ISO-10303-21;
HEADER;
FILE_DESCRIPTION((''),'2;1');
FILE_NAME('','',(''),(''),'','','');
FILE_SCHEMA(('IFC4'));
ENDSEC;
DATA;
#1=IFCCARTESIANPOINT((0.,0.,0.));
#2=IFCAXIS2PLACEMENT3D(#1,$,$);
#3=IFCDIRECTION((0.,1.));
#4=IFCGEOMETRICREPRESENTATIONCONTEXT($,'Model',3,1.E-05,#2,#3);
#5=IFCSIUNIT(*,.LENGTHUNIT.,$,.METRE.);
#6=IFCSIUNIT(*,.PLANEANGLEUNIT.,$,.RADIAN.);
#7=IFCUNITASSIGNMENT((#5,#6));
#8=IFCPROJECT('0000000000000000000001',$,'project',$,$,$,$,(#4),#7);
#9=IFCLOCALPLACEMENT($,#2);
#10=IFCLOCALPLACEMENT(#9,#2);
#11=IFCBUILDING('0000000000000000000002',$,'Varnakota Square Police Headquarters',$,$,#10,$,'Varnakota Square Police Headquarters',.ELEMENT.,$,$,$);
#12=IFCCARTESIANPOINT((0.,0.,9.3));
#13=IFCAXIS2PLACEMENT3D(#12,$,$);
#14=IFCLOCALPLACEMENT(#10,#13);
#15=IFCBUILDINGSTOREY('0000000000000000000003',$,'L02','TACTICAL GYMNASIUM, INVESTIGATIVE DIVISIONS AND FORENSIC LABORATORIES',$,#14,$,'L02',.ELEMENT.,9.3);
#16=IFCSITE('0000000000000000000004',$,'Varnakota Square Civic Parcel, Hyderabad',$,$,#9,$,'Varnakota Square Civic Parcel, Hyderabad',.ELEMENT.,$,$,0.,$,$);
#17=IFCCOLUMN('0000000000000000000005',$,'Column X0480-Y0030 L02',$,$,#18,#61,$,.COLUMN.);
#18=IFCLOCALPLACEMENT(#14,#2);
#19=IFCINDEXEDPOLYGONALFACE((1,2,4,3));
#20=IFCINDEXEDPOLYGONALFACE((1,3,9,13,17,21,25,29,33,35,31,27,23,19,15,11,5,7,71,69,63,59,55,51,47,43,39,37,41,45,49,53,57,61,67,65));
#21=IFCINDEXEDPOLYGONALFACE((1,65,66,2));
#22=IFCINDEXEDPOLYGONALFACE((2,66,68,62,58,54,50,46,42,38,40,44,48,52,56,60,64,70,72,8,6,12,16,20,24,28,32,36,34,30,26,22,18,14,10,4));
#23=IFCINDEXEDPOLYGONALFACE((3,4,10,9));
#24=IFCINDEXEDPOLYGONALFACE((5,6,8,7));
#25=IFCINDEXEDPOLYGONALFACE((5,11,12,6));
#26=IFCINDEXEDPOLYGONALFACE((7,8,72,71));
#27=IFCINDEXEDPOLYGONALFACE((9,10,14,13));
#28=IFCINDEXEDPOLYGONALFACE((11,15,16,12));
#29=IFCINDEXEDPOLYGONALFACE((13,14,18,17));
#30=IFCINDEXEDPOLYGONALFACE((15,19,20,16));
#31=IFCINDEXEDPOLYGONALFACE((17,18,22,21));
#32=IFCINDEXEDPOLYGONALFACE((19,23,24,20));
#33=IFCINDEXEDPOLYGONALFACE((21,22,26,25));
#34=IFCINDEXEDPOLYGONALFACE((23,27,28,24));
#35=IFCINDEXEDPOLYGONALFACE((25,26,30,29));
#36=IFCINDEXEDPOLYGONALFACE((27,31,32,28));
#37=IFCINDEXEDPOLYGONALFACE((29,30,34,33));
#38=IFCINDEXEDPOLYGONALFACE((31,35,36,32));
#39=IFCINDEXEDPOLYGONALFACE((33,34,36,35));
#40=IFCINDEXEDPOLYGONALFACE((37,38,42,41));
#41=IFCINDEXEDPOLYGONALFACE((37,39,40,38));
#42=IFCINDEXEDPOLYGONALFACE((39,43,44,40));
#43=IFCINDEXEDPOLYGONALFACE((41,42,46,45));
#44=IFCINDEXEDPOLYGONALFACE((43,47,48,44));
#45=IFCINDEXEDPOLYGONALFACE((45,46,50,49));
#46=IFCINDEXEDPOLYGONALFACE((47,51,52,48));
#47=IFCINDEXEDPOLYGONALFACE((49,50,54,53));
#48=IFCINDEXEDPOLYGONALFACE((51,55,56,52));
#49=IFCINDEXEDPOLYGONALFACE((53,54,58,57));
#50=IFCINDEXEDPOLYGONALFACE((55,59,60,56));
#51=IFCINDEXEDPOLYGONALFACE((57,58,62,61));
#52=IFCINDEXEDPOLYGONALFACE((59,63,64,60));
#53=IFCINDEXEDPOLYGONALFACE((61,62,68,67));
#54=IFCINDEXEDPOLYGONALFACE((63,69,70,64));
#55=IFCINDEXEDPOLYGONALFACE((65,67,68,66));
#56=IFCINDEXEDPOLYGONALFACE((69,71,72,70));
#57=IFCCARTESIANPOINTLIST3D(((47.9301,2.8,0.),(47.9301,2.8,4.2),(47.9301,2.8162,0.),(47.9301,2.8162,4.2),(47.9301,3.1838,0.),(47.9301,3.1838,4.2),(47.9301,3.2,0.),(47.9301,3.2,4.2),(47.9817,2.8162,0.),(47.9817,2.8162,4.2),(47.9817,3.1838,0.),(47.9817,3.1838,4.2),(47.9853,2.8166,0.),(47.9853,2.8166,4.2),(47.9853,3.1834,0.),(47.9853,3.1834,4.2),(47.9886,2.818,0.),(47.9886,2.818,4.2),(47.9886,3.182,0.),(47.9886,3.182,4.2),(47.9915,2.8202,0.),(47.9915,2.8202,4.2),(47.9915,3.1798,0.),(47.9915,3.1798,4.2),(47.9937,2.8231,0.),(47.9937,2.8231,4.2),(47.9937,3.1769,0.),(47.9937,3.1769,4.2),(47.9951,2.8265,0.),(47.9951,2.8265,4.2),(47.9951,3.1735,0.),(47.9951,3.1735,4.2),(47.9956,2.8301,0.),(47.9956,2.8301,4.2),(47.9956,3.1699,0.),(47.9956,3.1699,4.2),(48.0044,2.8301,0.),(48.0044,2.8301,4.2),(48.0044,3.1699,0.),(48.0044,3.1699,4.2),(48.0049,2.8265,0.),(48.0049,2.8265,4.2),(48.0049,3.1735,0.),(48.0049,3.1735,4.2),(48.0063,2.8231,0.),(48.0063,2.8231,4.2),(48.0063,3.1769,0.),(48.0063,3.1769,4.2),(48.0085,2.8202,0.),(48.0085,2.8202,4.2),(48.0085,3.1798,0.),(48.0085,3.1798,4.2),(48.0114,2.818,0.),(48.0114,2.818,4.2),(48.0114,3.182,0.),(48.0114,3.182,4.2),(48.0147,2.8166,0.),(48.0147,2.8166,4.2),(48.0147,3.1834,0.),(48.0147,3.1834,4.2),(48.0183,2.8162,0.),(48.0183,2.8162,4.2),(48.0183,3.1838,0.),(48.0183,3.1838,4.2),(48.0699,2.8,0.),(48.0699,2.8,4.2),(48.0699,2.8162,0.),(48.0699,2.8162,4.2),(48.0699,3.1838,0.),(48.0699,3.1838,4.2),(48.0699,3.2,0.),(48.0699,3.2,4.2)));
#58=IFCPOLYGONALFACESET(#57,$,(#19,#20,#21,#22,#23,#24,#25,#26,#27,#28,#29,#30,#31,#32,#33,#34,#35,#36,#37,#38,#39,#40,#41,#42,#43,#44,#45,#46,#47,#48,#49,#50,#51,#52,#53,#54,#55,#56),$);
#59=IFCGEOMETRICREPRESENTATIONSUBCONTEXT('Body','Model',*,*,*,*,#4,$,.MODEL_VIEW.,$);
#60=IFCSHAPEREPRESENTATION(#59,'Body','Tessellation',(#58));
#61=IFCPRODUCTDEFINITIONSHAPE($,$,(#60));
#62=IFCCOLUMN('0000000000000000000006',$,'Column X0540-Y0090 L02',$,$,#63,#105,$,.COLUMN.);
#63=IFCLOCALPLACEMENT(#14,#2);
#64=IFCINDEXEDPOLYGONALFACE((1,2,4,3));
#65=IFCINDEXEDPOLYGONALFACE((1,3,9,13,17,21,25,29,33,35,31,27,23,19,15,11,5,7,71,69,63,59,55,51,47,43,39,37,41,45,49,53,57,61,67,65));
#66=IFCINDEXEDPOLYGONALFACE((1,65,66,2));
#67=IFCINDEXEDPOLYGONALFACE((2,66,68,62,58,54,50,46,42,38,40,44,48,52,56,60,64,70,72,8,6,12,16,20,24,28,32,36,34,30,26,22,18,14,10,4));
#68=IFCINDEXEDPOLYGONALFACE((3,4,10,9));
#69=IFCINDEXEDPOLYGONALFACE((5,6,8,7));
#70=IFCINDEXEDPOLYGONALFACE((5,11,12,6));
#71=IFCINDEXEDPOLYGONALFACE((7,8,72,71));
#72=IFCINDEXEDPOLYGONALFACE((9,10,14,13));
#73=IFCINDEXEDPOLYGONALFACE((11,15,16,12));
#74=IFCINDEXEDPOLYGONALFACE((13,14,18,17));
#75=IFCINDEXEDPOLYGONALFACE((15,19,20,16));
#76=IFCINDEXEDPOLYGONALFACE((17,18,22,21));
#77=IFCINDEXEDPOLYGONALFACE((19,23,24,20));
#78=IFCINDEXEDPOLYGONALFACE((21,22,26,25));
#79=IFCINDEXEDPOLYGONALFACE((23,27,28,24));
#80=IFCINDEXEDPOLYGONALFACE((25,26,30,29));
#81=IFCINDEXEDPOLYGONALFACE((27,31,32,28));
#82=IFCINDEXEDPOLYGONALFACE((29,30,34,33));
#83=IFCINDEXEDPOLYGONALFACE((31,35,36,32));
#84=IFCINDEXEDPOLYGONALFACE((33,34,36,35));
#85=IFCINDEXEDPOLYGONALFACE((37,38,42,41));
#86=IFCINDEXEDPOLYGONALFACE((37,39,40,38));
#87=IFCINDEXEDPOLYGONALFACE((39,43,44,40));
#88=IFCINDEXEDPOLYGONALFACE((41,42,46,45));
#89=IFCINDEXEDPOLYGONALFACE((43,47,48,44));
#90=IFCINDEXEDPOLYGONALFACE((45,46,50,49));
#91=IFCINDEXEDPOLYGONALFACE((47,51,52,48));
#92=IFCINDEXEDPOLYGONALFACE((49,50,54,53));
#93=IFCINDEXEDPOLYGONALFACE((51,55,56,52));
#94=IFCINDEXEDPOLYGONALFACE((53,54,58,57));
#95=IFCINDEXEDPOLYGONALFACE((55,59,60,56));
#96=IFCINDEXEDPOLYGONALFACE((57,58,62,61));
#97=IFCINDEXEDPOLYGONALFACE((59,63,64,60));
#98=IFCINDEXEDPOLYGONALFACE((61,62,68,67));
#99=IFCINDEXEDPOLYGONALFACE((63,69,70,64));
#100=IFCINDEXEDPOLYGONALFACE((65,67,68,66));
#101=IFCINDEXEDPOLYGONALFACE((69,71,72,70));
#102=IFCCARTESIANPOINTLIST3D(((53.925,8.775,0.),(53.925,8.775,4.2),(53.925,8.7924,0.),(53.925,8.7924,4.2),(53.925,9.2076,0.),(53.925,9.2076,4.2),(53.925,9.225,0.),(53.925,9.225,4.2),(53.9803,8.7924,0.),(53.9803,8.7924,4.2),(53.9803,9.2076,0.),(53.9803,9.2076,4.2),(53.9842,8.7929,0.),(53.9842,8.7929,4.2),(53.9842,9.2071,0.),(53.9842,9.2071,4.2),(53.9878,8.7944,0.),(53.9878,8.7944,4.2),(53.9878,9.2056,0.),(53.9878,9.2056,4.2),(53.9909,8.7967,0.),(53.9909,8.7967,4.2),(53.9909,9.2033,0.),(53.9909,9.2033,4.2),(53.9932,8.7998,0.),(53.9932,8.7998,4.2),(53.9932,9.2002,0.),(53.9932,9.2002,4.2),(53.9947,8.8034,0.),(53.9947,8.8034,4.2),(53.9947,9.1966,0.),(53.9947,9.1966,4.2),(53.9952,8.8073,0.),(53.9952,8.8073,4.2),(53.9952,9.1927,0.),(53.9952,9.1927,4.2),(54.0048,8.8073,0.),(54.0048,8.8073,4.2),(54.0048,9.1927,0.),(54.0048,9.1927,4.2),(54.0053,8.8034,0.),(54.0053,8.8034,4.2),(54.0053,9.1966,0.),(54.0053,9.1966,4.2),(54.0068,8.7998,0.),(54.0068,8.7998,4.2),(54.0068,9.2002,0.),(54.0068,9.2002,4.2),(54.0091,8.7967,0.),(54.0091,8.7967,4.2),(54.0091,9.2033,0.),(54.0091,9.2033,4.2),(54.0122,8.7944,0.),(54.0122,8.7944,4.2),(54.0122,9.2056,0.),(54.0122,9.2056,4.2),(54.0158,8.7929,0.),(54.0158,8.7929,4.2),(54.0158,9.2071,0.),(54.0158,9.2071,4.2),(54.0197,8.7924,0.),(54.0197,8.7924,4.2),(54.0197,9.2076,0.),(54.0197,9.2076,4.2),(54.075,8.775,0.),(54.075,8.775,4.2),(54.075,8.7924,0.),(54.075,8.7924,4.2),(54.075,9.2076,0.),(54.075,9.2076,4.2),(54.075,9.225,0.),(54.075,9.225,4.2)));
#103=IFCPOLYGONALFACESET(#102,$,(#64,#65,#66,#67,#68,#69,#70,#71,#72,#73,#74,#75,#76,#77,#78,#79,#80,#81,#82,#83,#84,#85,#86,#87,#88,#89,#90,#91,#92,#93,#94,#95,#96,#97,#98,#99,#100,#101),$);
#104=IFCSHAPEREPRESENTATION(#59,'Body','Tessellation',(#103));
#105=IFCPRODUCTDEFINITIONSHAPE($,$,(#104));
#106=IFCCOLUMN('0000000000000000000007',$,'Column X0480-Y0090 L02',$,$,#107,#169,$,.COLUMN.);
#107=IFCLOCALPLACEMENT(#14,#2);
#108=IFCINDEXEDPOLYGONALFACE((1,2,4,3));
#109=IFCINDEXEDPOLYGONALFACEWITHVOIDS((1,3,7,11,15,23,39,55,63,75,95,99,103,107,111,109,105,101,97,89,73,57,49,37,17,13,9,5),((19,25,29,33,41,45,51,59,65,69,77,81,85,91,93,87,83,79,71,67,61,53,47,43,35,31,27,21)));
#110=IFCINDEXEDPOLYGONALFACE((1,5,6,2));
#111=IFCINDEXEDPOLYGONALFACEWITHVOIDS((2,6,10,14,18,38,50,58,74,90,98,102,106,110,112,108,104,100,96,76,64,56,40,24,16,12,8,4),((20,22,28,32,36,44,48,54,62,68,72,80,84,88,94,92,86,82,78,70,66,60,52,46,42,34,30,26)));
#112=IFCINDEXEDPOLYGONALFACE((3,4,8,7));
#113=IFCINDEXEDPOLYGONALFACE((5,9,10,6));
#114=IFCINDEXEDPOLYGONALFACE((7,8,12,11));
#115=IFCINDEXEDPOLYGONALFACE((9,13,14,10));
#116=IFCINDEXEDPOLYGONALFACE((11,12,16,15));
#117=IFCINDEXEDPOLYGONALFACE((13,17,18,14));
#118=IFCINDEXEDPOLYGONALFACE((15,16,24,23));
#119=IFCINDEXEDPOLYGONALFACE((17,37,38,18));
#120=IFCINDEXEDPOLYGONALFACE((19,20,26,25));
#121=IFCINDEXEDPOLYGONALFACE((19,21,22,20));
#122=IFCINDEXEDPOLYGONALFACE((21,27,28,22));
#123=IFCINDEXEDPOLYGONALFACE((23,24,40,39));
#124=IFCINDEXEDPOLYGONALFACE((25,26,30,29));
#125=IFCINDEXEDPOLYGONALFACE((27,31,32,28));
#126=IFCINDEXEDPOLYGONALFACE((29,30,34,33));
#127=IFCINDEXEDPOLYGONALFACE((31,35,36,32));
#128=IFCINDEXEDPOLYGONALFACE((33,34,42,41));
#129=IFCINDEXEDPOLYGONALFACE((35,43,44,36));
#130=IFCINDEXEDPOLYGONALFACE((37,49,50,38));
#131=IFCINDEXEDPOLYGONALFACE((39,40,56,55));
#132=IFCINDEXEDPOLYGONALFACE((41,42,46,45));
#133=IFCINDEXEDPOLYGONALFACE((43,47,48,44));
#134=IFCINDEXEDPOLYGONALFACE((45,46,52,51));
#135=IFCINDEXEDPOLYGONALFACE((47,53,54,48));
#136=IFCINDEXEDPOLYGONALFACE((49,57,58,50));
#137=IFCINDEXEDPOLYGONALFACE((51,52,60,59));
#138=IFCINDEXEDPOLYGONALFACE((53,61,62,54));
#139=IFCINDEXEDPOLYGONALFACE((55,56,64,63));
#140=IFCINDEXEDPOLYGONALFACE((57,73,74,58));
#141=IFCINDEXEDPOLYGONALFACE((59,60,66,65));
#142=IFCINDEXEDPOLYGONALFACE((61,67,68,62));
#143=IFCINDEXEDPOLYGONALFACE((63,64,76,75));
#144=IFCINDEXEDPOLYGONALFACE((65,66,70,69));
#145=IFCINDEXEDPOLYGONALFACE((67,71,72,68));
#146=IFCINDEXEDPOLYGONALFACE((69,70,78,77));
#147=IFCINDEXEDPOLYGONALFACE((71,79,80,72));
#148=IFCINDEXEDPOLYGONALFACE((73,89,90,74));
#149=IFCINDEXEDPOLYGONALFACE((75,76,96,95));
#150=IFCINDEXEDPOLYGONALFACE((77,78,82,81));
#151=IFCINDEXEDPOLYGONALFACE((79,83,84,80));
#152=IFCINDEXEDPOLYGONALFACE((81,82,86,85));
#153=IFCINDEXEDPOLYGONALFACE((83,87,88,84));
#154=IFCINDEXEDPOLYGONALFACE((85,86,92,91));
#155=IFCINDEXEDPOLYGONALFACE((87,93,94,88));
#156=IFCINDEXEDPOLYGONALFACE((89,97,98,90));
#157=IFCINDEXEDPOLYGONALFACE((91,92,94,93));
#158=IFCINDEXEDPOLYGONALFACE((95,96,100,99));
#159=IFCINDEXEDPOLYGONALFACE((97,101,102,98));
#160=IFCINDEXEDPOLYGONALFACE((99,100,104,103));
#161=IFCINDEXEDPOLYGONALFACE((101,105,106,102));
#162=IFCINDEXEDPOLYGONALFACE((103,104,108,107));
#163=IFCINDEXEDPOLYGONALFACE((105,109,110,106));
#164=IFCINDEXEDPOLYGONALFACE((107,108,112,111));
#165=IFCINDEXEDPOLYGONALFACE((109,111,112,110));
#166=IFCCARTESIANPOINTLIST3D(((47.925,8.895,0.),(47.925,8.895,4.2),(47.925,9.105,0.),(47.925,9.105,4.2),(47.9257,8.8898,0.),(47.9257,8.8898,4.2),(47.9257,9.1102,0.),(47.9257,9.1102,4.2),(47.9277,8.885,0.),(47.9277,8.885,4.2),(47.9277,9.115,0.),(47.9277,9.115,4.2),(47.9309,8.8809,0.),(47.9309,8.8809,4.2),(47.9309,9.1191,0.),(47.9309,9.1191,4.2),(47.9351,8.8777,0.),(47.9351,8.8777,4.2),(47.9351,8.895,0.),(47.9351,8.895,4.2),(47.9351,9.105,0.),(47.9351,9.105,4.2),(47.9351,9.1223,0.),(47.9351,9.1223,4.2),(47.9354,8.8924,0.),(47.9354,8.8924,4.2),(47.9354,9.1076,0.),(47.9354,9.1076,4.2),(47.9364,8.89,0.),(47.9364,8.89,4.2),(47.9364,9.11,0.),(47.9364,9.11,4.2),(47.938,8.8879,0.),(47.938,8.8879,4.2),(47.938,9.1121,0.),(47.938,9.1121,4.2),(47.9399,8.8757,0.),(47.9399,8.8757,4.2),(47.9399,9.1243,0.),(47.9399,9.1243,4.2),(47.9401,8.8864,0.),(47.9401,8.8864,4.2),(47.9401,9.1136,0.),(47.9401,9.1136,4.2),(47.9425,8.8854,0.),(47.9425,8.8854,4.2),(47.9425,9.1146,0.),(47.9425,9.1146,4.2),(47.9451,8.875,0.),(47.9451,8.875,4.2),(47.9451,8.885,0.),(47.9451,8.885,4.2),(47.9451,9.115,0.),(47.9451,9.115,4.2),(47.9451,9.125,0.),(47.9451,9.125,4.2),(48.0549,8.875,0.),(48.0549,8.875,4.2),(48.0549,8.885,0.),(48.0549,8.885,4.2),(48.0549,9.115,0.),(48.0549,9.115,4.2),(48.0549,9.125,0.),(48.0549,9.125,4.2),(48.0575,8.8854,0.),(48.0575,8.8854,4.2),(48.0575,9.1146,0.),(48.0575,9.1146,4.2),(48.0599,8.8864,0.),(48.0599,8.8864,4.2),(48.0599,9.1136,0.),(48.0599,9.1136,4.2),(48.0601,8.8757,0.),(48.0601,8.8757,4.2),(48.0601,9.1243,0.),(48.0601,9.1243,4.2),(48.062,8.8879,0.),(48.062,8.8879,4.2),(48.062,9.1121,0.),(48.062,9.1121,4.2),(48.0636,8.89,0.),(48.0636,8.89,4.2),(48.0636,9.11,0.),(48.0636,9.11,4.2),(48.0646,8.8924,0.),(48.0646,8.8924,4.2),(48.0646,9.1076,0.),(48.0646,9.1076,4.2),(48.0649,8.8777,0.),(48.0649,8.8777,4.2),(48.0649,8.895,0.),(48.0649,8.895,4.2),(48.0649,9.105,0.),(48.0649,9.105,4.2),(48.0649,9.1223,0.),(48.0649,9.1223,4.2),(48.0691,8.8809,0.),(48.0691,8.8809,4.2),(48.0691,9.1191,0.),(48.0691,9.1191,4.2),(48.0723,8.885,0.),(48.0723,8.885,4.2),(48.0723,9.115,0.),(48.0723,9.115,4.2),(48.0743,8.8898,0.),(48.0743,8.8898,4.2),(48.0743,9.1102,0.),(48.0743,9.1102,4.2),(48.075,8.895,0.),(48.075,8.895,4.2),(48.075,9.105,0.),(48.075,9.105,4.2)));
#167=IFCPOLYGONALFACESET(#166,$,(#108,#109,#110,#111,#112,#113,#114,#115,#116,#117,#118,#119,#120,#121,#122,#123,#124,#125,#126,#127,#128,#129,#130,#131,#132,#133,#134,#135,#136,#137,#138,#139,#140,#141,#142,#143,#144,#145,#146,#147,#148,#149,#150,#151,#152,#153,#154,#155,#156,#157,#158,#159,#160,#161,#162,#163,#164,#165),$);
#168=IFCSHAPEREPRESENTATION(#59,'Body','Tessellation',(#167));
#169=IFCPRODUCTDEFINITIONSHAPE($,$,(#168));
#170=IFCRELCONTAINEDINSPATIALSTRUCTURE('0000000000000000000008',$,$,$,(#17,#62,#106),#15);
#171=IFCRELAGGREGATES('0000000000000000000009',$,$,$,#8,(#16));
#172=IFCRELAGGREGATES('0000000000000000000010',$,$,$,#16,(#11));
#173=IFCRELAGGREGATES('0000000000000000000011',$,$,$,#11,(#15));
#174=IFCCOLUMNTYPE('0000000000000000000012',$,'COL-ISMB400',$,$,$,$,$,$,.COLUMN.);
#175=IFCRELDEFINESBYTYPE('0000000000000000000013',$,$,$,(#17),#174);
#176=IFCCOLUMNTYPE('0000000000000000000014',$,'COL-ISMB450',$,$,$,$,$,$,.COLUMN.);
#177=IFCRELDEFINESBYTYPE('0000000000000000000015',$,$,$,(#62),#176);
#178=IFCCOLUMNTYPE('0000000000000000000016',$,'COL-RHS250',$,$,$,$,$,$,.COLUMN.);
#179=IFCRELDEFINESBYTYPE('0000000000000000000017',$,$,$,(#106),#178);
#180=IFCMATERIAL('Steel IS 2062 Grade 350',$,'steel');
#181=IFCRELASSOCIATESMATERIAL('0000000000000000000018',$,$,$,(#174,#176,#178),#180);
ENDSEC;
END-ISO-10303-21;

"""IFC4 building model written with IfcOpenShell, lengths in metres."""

from ifc_helpers import new_model, si_unit, direction, frame, origin, origin_2d, place, context, subcontext, project, spatial, hollow_rectangle, i_section, extrude, material, material_profile, profile_set, type_object, element, save


model = new_model("IFC4")

# Units and contexts
model_context = context("Model", 3, precision=1e-05, world=origin(), true_north=direction((0.0, 1.0)))
body_context = subcontext(model_context, "Body", "Model", "MODEL_VIEW")
ifc_project = project(units=[si_unit("LENGTHUNIT", "METRE"), si_unit("PLANEANGLEUNIT", "RADIAN")], contexts=[model_context])

# Site, building, storey
site_placement = place(None, origin())
site = spatial("IfcSite", under=ifc_project, at=site_placement, Name="Varnakota Square Civic Parcel, Hyderabad", LongName="Varnakota Square Civic Parcel, Hyderabad", CompositionType="ELEMENT", RefElevation=0.0)
building_placement = place(site_placement, origin())
building = spatial("IfcBuilding", under=site, at=building_placement, Name="Varnakota Square Police Headquarters", LongName="Varnakota Square Police Headquarters", CompositionType="ELEMENT")
storey_placement = place(building_placement, frame((0.0, 0.0, 9.3)))
storey = spatial("IfcBuildingStorey", under=building, at=storey_placement, Name="L02", Description="TACTICAL GYMNASIUM, INVESTIGATIVE DIVISIONS AND FORENSIC LABORATORIES", LongName="L02", CompositionType="ELEMENT", Elevation=9.3)

# Columns
ifc_material_1 = material(Name="Steel IS 2062 Grade 350", Category="steel")
ifc_material_profile_1 = material_profile(ifc_material_1, i_section(OverallWidth=0.1399, OverallDepth=0.3999, WebThickness=0.0088, FlangeThickness=0.0161, FilletRadius=0.0139, at=origin_2d()), Name="ISMB 400")
ifc_profile_set_1 = profile_set([ifc_material_profile_1], Name="Steel IS 2062 Grade 350")
column_type_1 = type_object("IfcColumnType", Name="COL-ISMB400", PredefinedType="COLUMN", material=ifc_profile_set_1)
column_1_placement = place(storey_placement, frame((48.0, 3.0, 0.0), z_axis=(0.0, 0.0, 1.0), x_axis=(1.0, 0.0, 0.0)))
element("IfcColumn", 1, at=column_1_placement, inside=storey, type_object=column_type_1, Name="Column X0480-Y0030 L02", PredefinedType="COLUMN", context=body_context, shape_type="SweptSolid", body=[
    extrude(i_section(OverallWidth=0.1399, OverallDepth=0.3999, WebThickness=0.0088, FlangeThickness=0.0161, FilletRadius=0.0139, at=origin_2d()), origin(), (0.0, 0.0, 1.0), 4.2),
])
ifc_material_profile_2 = material_profile(ifc_material_1, i_section(OverallWidth=0.1499, OverallDepth=0.45, WebThickness=0.0095, FlangeThickness=0.0173, FilletRadius=0.0149, at=origin_2d()), Name="ISMB 450")
ifc_profile_set_2 = profile_set([ifc_material_profile_2], Name="Steel IS 2062 Grade 350")
column_type_2 = type_object("IfcColumnType", Name="COL-ISMB450", PredefinedType="COLUMN", material=ifc_profile_set_2)
column_2_placement = place(storey_placement, frame((54.0, 9.0, 0.0), z_axis=(0.0, 0.0, 1.0), x_axis=(1.0, 0.0, 0.0)))
element("IfcColumn", 2, at=column_2_placement, inside=storey, type_object=column_type_2, Name="Column X0540-Y0090 L02", PredefinedType="COLUMN", context=body_context, shape_type="SweptSolid", body=[
    extrude(i_section(OverallWidth=0.1499, OverallDepth=0.45, WebThickness=0.0095, FlangeThickness=0.0173, FilletRadius=0.0149, at=origin_2d()), origin(), (0.0, 0.0, 1.0), 4.2),
])
ifc_material_profile_3 = material_profile(ifc_material_1, hollow_rectangle(XDim=0.1499, YDim=0.25, WallThickness=0.01, InnerFilletRadius=0.01, OuterFilletRadius=0.02, at=origin_2d()), Name="RHS 250x150x10")
ifc_profile_set_3 = profile_set([ifc_material_profile_3], Name="Steel IS 2062 Grade 350")
column_type_3 = type_object("IfcColumnType", Name="COL-RHS250", PredefinedType="COLUMN", material=ifc_profile_set_3)
for number, where, z_axis, x_axis, name in (
    (3, (48.0, 9.0, 0.0), (0.0, 0.0, 1.0), (1.0, 0.0, 0.0), "Column X0480-Y0090 L02"),
):
    element("IfcColumn", number, at=place(storey_placement, frame(where, z_axis=z_axis, x_axis=x_axis)), inside=storey, type_object=column_type_3, Name=name, PredefinedType="COLUMN", context=body_context, shape_type="SweptSolid", body=[
        extrude(hollow_rectangle(XDim=0.1499, YDim=0.25, WallThickness=0.01, InnerFilletRadius=0.01, OuterFilletRadius=0.02, at=origin_2d()), origin(), (0.0, 0.0, 1.0), 4.2),
    ])

save(model, "model.ifc")
